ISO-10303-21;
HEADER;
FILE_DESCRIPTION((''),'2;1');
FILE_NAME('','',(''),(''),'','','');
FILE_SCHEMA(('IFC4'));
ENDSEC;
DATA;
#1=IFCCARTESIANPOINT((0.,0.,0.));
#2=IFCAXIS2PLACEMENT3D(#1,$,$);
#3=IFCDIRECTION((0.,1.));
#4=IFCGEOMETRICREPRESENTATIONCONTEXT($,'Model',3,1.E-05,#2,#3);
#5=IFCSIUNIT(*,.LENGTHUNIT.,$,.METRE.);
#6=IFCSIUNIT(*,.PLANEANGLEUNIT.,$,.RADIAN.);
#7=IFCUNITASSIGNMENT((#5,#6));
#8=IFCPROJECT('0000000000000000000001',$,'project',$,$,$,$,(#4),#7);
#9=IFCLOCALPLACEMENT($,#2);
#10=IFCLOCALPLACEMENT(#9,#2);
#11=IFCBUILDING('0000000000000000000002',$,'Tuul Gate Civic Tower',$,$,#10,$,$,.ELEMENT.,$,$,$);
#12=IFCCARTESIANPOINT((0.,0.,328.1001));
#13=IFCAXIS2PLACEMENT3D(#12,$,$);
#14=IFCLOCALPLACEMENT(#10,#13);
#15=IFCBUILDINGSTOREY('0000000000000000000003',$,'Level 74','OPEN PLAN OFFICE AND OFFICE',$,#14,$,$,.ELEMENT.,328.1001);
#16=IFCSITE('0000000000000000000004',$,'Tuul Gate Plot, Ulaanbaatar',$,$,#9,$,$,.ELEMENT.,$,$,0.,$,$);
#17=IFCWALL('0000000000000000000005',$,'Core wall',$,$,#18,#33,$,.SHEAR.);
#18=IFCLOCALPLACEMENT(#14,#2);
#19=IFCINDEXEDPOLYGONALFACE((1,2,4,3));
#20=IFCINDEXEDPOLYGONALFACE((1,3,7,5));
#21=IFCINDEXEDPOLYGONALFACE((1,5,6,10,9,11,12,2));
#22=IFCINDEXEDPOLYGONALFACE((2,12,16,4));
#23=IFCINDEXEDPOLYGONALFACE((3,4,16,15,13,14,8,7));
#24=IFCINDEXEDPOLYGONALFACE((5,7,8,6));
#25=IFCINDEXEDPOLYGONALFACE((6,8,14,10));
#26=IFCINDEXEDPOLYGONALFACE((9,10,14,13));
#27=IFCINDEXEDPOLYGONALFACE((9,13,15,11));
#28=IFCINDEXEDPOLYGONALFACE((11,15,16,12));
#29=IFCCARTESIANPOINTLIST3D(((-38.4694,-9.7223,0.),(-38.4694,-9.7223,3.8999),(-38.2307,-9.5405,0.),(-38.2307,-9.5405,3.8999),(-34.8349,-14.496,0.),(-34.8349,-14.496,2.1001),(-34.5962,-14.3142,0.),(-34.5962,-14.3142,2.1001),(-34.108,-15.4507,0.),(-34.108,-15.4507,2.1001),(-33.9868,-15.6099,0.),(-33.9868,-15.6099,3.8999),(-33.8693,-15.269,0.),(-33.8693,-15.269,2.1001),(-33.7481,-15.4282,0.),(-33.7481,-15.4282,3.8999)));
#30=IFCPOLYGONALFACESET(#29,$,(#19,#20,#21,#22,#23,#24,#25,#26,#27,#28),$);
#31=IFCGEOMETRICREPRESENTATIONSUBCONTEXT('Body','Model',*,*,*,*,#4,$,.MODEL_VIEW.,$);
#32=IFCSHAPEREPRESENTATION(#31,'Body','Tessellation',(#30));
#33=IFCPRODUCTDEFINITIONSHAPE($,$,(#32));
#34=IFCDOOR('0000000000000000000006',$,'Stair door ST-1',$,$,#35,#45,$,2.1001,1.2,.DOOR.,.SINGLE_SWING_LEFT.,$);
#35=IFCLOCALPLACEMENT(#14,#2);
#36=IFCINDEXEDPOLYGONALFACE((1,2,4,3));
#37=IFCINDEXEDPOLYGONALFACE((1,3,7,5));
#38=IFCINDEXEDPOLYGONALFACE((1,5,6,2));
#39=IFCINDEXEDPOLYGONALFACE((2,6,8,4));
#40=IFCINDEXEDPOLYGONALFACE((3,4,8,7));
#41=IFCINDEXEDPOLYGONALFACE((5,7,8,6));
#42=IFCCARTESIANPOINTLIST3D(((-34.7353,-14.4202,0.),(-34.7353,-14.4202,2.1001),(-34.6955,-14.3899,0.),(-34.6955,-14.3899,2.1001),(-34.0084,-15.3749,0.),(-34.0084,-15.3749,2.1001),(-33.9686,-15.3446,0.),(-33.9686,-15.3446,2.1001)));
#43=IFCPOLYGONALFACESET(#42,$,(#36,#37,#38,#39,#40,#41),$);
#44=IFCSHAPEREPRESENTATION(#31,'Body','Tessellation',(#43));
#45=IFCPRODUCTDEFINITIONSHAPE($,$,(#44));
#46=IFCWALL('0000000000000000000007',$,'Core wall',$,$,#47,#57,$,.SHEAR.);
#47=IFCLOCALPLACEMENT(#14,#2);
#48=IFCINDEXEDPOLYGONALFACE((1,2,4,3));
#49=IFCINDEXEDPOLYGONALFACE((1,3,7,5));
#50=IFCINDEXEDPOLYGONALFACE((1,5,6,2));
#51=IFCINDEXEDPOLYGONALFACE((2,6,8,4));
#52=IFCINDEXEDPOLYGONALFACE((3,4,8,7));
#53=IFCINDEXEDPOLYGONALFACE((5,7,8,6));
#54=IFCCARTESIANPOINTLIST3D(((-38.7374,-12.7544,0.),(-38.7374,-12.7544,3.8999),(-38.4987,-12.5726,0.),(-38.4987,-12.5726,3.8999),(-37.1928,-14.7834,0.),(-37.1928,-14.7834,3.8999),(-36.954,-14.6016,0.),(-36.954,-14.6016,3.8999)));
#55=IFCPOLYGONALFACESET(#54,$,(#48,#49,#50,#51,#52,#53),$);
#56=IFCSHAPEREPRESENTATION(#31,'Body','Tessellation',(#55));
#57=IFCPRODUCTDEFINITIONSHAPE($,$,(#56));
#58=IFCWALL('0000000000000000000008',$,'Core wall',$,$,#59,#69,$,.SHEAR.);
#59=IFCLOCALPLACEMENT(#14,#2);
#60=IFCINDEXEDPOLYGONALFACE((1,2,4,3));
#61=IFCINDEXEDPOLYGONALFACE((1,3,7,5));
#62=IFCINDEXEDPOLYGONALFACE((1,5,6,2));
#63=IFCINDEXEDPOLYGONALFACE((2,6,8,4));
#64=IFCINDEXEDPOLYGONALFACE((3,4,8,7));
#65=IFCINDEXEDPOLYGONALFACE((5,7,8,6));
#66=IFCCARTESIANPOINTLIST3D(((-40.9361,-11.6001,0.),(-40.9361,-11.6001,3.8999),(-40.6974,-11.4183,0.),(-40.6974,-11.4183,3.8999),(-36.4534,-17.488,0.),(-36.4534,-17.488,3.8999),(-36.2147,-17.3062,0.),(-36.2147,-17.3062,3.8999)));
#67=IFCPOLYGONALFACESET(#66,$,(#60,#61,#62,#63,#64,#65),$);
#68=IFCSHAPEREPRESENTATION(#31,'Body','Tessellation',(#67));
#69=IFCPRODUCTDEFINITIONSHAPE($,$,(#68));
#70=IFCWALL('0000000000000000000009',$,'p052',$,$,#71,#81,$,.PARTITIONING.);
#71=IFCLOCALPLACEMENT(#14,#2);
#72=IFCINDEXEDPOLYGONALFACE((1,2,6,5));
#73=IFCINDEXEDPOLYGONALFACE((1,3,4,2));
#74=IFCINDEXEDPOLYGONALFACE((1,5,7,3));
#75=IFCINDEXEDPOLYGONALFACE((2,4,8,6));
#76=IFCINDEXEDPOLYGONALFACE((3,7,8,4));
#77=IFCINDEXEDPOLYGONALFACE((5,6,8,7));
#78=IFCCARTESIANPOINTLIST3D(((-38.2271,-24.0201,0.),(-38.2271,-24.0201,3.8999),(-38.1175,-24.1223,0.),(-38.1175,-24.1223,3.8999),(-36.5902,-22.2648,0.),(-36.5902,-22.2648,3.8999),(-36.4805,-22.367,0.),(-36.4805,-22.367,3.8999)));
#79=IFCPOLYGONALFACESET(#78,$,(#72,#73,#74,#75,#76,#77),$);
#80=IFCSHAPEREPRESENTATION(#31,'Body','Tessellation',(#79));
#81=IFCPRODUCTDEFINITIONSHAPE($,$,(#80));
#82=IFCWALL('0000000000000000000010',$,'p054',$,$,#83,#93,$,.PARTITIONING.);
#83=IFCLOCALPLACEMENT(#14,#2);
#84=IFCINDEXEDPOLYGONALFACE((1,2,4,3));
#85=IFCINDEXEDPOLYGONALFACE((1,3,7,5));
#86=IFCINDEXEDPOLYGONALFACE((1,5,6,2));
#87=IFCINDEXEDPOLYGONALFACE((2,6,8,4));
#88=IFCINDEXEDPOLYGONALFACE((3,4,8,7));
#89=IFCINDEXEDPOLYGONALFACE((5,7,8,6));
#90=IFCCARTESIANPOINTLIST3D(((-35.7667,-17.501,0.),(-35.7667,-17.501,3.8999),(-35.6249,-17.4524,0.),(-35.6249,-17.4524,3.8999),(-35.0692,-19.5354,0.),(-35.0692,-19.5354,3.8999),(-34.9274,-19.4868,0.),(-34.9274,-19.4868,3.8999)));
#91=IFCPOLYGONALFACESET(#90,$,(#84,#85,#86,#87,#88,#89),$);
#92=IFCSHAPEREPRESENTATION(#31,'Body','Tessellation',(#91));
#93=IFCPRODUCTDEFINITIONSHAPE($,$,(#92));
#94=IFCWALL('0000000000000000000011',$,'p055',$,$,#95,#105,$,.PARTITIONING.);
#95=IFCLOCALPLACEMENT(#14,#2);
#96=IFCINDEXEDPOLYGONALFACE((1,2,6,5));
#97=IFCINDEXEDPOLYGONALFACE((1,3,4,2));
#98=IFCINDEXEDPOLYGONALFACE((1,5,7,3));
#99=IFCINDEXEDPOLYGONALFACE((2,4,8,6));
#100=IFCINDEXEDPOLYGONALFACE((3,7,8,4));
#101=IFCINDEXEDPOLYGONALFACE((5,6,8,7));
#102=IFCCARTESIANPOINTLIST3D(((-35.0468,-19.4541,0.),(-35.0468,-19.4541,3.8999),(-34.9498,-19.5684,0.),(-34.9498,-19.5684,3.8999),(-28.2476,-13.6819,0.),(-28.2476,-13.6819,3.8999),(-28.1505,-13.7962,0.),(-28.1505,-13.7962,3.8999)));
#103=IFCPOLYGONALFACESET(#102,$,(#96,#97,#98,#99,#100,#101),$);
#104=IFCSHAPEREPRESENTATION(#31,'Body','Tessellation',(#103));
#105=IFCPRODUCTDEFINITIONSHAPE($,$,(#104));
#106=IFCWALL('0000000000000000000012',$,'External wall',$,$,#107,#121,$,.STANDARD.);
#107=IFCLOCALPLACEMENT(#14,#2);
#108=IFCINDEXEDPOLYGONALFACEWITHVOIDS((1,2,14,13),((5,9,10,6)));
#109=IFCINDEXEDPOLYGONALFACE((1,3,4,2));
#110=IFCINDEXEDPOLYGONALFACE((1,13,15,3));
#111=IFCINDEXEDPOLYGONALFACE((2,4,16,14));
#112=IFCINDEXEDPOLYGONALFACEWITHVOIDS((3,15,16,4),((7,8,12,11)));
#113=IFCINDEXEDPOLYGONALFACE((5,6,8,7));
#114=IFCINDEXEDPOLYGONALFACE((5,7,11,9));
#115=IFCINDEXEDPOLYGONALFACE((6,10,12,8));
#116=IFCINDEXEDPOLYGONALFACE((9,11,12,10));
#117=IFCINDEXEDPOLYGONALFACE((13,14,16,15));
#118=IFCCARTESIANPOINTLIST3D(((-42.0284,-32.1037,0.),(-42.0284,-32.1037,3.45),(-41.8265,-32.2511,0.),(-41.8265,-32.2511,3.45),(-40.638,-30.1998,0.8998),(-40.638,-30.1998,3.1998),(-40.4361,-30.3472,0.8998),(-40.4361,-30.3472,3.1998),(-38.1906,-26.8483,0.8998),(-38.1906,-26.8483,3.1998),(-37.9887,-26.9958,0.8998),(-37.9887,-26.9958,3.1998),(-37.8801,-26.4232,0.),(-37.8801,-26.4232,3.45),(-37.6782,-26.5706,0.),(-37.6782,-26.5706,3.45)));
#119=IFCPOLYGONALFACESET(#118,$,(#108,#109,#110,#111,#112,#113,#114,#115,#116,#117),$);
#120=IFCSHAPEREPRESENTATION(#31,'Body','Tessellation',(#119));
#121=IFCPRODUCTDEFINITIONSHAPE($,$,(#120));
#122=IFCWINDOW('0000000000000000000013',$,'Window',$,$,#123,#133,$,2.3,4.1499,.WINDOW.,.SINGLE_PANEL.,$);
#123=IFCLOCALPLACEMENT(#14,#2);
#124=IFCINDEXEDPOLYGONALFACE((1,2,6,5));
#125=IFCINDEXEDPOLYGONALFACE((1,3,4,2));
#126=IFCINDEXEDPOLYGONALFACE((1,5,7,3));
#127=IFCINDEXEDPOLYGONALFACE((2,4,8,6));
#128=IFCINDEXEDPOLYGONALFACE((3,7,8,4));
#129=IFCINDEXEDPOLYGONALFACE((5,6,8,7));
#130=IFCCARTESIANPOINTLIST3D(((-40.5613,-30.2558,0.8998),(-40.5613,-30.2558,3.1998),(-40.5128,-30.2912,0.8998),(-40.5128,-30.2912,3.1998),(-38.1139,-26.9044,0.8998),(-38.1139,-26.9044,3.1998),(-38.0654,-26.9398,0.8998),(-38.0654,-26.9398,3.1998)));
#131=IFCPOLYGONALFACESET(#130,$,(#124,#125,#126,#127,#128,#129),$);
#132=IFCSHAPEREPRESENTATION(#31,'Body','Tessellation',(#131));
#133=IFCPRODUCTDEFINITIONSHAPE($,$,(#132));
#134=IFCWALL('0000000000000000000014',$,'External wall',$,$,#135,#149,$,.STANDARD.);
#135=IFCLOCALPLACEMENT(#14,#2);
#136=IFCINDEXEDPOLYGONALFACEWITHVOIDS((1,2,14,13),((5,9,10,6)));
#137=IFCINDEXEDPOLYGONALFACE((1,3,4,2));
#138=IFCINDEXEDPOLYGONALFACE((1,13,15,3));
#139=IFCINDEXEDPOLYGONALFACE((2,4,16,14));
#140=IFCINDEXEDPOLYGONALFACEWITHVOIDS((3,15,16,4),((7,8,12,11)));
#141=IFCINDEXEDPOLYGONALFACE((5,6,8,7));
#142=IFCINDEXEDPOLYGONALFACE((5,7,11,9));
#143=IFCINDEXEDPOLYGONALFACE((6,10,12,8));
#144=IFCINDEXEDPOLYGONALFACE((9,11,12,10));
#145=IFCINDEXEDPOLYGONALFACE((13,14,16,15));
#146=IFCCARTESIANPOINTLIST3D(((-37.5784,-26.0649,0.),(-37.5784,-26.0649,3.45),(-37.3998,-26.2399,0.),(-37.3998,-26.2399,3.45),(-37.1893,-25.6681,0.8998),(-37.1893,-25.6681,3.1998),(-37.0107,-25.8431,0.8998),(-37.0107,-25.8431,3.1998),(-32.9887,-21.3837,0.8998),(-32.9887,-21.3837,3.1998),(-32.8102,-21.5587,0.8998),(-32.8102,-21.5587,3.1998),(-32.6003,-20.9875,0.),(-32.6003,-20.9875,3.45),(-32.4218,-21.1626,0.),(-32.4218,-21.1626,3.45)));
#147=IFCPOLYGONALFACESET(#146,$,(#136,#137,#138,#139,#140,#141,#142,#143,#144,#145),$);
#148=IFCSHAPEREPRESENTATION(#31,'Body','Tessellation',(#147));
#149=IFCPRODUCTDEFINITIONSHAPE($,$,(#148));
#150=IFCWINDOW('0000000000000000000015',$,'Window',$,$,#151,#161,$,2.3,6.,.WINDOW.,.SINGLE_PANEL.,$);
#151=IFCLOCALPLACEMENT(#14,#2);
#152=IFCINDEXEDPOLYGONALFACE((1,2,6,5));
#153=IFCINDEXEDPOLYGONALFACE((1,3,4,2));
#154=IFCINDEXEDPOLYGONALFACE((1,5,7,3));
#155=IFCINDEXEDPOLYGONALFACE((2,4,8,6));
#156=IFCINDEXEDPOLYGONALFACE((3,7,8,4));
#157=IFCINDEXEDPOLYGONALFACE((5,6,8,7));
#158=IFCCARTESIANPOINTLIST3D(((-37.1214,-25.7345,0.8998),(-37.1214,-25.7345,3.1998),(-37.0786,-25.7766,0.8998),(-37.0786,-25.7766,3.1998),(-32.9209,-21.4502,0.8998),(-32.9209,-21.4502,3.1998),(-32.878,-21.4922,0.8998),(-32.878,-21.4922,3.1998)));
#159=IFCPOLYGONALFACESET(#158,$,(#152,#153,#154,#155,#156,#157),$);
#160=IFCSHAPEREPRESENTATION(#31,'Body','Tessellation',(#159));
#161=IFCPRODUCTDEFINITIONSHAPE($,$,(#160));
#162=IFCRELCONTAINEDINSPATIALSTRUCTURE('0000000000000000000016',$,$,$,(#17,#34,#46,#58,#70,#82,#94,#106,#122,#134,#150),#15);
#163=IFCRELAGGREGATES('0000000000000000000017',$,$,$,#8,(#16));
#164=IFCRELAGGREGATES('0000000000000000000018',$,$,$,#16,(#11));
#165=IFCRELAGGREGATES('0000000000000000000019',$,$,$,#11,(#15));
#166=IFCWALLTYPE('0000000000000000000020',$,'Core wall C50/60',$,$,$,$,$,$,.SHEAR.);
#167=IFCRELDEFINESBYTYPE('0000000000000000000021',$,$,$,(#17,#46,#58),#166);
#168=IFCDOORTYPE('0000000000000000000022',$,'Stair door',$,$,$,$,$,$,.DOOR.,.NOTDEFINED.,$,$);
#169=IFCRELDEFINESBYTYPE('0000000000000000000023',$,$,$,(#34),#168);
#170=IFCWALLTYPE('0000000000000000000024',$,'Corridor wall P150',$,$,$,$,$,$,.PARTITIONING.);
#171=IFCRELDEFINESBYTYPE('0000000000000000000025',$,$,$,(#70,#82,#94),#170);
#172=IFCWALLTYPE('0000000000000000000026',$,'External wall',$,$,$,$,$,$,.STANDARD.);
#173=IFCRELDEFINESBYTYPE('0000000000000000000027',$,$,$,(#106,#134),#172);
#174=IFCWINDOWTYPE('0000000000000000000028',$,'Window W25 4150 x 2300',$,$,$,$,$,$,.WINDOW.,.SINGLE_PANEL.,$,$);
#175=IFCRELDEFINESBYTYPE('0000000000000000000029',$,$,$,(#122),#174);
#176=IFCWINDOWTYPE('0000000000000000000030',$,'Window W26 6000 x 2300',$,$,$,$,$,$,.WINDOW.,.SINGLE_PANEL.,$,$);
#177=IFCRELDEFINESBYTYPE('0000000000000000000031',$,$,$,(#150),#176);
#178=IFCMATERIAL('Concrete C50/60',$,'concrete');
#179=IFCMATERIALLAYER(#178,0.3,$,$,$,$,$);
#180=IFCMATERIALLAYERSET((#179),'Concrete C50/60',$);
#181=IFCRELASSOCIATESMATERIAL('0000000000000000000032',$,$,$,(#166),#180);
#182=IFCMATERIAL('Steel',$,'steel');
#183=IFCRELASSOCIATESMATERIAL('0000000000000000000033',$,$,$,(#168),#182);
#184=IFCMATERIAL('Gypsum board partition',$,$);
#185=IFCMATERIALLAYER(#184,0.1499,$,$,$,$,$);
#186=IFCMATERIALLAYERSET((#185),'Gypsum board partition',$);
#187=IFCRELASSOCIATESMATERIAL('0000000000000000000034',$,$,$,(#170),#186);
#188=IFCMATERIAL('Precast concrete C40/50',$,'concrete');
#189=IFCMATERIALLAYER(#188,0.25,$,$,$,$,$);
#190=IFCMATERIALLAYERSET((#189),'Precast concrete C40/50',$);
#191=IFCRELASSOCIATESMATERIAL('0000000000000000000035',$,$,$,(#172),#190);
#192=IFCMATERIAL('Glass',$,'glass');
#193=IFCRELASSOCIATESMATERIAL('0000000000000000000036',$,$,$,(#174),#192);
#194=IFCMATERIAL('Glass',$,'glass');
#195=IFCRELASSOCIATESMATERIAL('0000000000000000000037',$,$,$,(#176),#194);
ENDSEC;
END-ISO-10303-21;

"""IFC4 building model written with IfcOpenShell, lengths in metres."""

from ifc_helpers import new_model, si_unit, direction, frame, frame_2d, origin, place, context, subcontext, project, spatial, rectangle, extrude, material, layer, layer_set, type_object, element, fill, save


model = new_model("IFC4")

# Units and contexts
model_context = context("Model", 3, precision=1e-05, world=origin(), true_north=direction((0.0, 1.0)))
body_context = subcontext(model_context, "Body", "Model", "MODEL_VIEW")
ifc_project = project(units=[si_unit("LENGTHUNIT", "METRE"), si_unit("PLANEANGLEUNIT", "RADIAN")], contexts=[model_context])

# Site, building, storey
site_placement = place(None, origin())
site = spatial("IfcSite", under=ifc_project, at=site_placement, Name="Tuul Gate Plot, Ulaanbaatar", CompositionType="ELEMENT", RefElevation=0.0)
building_placement = place(site_placement, origin())
building = spatial("IfcBuilding", under=site, at=building_placement, Name="Tuul Gate Civic Tower", CompositionType="ELEMENT")
storey_placement = place(building_placement, frame((0.0, 0.0, 328.1001)))
storey = spatial("IfcBuildingStorey", under=building, at=storey_placement, Name="Level 74", Description="OPEN PLAN OFFICE AND OFFICE", CompositionType="ELEMENT", Elevation=328.1001)

# Wall, opening, door
ifc_material_1 = material(Name="Concrete C50/60", Category="concrete")
ifc_layer_1 = layer(ifc_material_1, 0.3)
ifc_layer_set_1 = layer_set([ifc_layer_1], Name="Concrete C50/60")
wall_type_1 = type_object("IfcWallType", Name="Core wall C50/60", PredefinedType="SHEAR", material=ifc_layer_set_1)
wall_1_placement = place(storey_placement, frame((-33.8674, -15.519, 0.0), z_axis=(0.0, 0.0, 1.0), x_axis=(-0.60577, 0.79564, 0.0)))
wall_1 = element("IfcWall", 1, at=wall_1_placement, inside=storey, type_object=wall_type_1, Name="Core wall", PredefinedType="SHEAR", context=body_context, shape_type="SweptSolid", body=[
    extrude(rectangle(XDim=7.3999, YDim=0.3, at=frame_2d((3.7, 0.0))), origin(), (0.0, 0.0, 1.0), 3.8999),
])
opening_1_placement = place(wall_1_placement, frame((0.2, 0.0, 0.0)))
opening_1 = element("IfcOpeningElement", 2, at=opening_1_placement, cuts=wall_1, PredefinedType="OPENING", context=body_context, shape_type="SweptSolid", body=[
    extrude(rectangle(XDim=1.2, YDim=2.1001, at=frame_2d((0.6001, 1.05))), frame((0.0, 0.1602, 0.0), z_axis=(0.0, -1.0, 0.0), x_axis=(1.0, 0.0, 0.0)), (0.0, 0.0, 1.0), 0.3201),
])
ifc_material_2 = material(Name="Steel", Category="steel")
door_type = type_object("IfcDoorType", Name="Stair door", OperationType="NOTDEFINED", PredefinedType="DOOR", material=ifc_material_2)
door_placement = place(opening_1_placement, origin())
door = element("IfcDoor", 3, at=door_placement, inside=storey, type_object=door_type, Name="Stair door ST-1", OperationType="SINGLE_SWING_LEFT", OverallHeight=2.1001, OverallWidth=1.2, PredefinedType="DOOR", context=body_context, shape_type="SweptSolid", body=[
    extrude(rectangle(XDim=1.2, YDim=2.1001, at=frame_2d((0.6001, 1.05))), frame((0.0, 0.0249, 0.0), z_axis=(0.0, -1.0, 0.0), x_axis=(1.0, 0.0, 0.0)), (0.0, 0.0, 1.0), 0.05),
])
fill(opening_1, door)

# Walls
wall_2_placement = place(storey_placement, frame((-37.0735, -14.6924, 0.0), z_axis=(0.0, 0.0, 1.0), x_axis=(-0.605729, 0.795671, 0.0)))
element("IfcWall", 4, at=wall_2_placement, inside=storey, type_object=wall_type_1, Name="Core wall", PredefinedType="SHEAR", context=body_context, shape_type="SweptSolid", body=[
    extrude(rectangle(XDim=2.55, YDim=0.3, at=frame_2d((1.2749, 0.0))), origin(), (0.0, 0.0, 1.0), 3.8999),
])
wall_3_placement = place(storey_placement, frame((-36.334, -17.3972, 0.0), z_axis=(0.0, 0.0, 1.0), x_axis=(-0.605754, 0.795652, 0.0)))
element("IfcWall", 5, at=wall_3_placement, inside=storey, type_object=wall_type_1, Name="Core wall", PredefinedType="SHEAR", context=body_context, shape_type="SweptSolid", body=[
    extrude(rectangle(XDim=7.4001, YDim=0.3, at=frame_2d((3.7002, 0.0))), origin(), (0.0, 0.0, 1.0), 3.8999),
])
ifc_material_3 = material(Name="Gypsum board partition")
ifc_layer_2 = layer(ifc_material_3, 0.1499)
ifc_layer_set_2 = layer_set([ifc_layer_2], Name="Gypsum board partition")
wall_type_2 = type_object("IfcWallType", Name="Corridor wall P150", PredefinedType="PARTITIONING", material=ifc_layer_set_2)
wall_4_placement = place(storey_placement, frame((-38.1724, -24.0713, 0.0), z_axis=(0.0, 0.0, 1.0), x_axis=(0.68201, 0.731343, 0.0)))
element("IfcWall", 6, at=wall_4_placement, inside=storey, type_object=wall_type_2, Name="p052", PredefinedType="PARTITIONING", context=body_context, shape_type="SweptSolid", body=[
    extrude(rectangle(XDim=2.4001, YDim=0.1499, at=frame_2d((1.2002, 0.0))), origin(), (0.0, 0.0, 1.0), 3.8999),
])
wall_5_placement = place(storey_placement, frame((-35.6958, -17.4768, 0.0), z_axis=(0.0, 0.0, 1.0), x_axis=(0.324321, -0.945947, 0.0)))
element("IfcWall", 7, at=wall_5_placement, inside=storey, type_object=wall_type_2, Name="p054", PredefinedType="PARTITIONING", context=body_context, shape_type="SweptSolid", body=[
    extrude(rectangle(XDim=2.1506, YDim=0.1499, at=frame_2d((1.0752, 0.0))), origin(), (0.0, 0.0, 1.0), 3.8999),
])
wall_6_placement = place(storey_placement, frame((-34.9983, -19.5112, 0.0), z_axis=(0.0, 0.0, 1.0), x_axis=(0.762338, 0.64718, 0.0)))
element("IfcWall", 8, at=wall_6_placement, inside=storey, type_object=wall_type_2, Name="p055", PredefinedType="PARTITIONING", context=body_context, shape_type="SweptSolid", body=[
    extrude(rectangle(XDim=8.9189, YDim=0.1499, at=frame_2d((4.4595, 0.0))), origin(), (0.0, 0.0, 1.0), 3.8999),
])

# Walls, openings, windows
ifc_material_4 = material(Name="Precast concrete C40/50", Category="concrete")
ifc_layer_3 = layer(ifc_material_4, 0.25)
ifc_layer_set_3 = layer_set([ifc_layer_3], Name="Precast concrete C40/50")
wall_type_3 = type_object("IfcWallType", Name="External wall", PredefinedType="STANDARD", material=ifc_layer_set_3)
wall_7_placement = place(storey_placement, frame((-41.9275, -32.1775, 0.0), z_axis=(0.0, 0.0, 1.0), x_axis=(0.589749, 0.807586, 0.0)))
wall_7 = element("IfcWall", 9, at=wall_7_placement, inside=storey, type_object=wall_type_3, Name="External wall", PredefinedType="STANDARD", context=body_context, shape_type="SweptSolid", body=[
    extrude(rectangle(XDim=7.0339, YDim=0.25, at=frame_2d((3.5171, 0.0))), origin(), (0.0, 0.0, 1.0), 3.45),
])
opening_2_placement = place(wall_7_placement, frame((2.3577, 0.0, 0.8999)))
opening_2 = element("IfcOpeningElement", 10, at=opening_2_placement, cuts=wall_7, PredefinedType="OPENING", context=body_context, shape_type="SweptSolid", body=[
    extrude(rectangle(XDim=4.1499, YDim=2.3, at=frame_2d((2.075, 1.1499))), frame((0.0, 0.135, 0.0), z_axis=(0.0, -1.0, 0.0), x_axis=(1.0, 0.0, 0.0)), (0.0, 0.0, 1.0), 0.27),
])
ifc_material_5 = material(Name="Glass", Category="glass")
window_type_1 = type_object("IfcWindowType", Name="Window W25 4150 x 2300", PartitioningType="SINGLE_PANEL", PredefinedType="WINDOW", material=ifc_material_5)
window_1_placement = place(opening_2_placement, origin())
window_1 = element("IfcWindow", 11, at=window_1_placement, inside=storey, type_object=window_type_1, Name="Window", OverallHeight=2.3, OverallWidth=4.1499, PartitioningType="SINGLE_PANEL", PredefinedType="WINDOW", context=body_context, shape_type="SweptSolid", body=[
    extrude(rectangle(XDim=4.1499, YDim=2.3, at=frame_2d((2.075, 1.1499))), frame((0.0, 0.03, 0.0), z_axis=(0.0, -1.0, 0.0), x_axis=(1.0, 0.0, 0.0)), (0.0, 0.0, 1.0), 0.0601),
])
fill(opening_2, window_1)
wall_8_placement = place(storey_placement, frame((-37.489, -26.1523, 0.0), z_axis=(0.0, 0.0, 1.0), x_axis=(0.700085, 0.714059, 0.0)))
wall_8 = element("IfcWall", 12, at=wall_8_placement, inside=storey, type_object=wall_type_3, Name="External wall", PredefinedType="STANDARD", context=body_context, shape_type="SweptSolid", body=[
    extrude(rectangle(XDim=7.1106, YDim=0.25, at=frame_2d((3.5552, 0.0))), origin(), (0.0, 0.0, 1.0), 3.45),
])
opening_3_placement = place(wall_8_placement, frame((0.5557, 0.0, 0.8999)))
opening_3 = element("IfcOpeningElement", 13, at=opening_3_placement, cuts=wall_8, PredefinedType="OPENING", context=body_context, shape_type="SweptSolid", body=[
    extrude(rectangle(XDim=6.0, YDim=2.3, at=frame_2d((3.0, 1.1499))), frame((0.0, 0.135, 0.0), z_axis=(0.0, -1.0, 0.0), x_axis=(1.0, 0.0, 0.0)), (0.0, 0.0, 1.0), 0.27),
])
ifc_material_6 = material(Name="Glass", Category="glass")
window_type_2 = type_object("IfcWindowType", Name="Window W26 6000 x 2300", PartitioningType="SINGLE_PANEL", PredefinedType="WINDOW", material=ifc_material_6)
window_2_placement = place(opening_3_placement, origin())
window_2 = element("IfcWindow", 14, at=window_2_placement, inside=storey, type_object=window_type_2, Name="Window", OverallHeight=2.3, OverallWidth=6.0, PartitioningType="SINGLE_PANEL", PredefinedType="WINDOW", context=body_context, shape_type="SweptSolid", body=[
    extrude(rectangle(XDim=6.0, YDim=2.3, at=frame_2d((3.0, 1.1499))), frame((0.0, 0.03, 0.0), z_axis=(0.0, -1.0, 0.0), x_axis=(1.0, 0.0, 0.0)), (0.0, 0.0, 1.0), 0.0601),
])
fill(opening_3, window_2)

save(model, "model.ifc")
